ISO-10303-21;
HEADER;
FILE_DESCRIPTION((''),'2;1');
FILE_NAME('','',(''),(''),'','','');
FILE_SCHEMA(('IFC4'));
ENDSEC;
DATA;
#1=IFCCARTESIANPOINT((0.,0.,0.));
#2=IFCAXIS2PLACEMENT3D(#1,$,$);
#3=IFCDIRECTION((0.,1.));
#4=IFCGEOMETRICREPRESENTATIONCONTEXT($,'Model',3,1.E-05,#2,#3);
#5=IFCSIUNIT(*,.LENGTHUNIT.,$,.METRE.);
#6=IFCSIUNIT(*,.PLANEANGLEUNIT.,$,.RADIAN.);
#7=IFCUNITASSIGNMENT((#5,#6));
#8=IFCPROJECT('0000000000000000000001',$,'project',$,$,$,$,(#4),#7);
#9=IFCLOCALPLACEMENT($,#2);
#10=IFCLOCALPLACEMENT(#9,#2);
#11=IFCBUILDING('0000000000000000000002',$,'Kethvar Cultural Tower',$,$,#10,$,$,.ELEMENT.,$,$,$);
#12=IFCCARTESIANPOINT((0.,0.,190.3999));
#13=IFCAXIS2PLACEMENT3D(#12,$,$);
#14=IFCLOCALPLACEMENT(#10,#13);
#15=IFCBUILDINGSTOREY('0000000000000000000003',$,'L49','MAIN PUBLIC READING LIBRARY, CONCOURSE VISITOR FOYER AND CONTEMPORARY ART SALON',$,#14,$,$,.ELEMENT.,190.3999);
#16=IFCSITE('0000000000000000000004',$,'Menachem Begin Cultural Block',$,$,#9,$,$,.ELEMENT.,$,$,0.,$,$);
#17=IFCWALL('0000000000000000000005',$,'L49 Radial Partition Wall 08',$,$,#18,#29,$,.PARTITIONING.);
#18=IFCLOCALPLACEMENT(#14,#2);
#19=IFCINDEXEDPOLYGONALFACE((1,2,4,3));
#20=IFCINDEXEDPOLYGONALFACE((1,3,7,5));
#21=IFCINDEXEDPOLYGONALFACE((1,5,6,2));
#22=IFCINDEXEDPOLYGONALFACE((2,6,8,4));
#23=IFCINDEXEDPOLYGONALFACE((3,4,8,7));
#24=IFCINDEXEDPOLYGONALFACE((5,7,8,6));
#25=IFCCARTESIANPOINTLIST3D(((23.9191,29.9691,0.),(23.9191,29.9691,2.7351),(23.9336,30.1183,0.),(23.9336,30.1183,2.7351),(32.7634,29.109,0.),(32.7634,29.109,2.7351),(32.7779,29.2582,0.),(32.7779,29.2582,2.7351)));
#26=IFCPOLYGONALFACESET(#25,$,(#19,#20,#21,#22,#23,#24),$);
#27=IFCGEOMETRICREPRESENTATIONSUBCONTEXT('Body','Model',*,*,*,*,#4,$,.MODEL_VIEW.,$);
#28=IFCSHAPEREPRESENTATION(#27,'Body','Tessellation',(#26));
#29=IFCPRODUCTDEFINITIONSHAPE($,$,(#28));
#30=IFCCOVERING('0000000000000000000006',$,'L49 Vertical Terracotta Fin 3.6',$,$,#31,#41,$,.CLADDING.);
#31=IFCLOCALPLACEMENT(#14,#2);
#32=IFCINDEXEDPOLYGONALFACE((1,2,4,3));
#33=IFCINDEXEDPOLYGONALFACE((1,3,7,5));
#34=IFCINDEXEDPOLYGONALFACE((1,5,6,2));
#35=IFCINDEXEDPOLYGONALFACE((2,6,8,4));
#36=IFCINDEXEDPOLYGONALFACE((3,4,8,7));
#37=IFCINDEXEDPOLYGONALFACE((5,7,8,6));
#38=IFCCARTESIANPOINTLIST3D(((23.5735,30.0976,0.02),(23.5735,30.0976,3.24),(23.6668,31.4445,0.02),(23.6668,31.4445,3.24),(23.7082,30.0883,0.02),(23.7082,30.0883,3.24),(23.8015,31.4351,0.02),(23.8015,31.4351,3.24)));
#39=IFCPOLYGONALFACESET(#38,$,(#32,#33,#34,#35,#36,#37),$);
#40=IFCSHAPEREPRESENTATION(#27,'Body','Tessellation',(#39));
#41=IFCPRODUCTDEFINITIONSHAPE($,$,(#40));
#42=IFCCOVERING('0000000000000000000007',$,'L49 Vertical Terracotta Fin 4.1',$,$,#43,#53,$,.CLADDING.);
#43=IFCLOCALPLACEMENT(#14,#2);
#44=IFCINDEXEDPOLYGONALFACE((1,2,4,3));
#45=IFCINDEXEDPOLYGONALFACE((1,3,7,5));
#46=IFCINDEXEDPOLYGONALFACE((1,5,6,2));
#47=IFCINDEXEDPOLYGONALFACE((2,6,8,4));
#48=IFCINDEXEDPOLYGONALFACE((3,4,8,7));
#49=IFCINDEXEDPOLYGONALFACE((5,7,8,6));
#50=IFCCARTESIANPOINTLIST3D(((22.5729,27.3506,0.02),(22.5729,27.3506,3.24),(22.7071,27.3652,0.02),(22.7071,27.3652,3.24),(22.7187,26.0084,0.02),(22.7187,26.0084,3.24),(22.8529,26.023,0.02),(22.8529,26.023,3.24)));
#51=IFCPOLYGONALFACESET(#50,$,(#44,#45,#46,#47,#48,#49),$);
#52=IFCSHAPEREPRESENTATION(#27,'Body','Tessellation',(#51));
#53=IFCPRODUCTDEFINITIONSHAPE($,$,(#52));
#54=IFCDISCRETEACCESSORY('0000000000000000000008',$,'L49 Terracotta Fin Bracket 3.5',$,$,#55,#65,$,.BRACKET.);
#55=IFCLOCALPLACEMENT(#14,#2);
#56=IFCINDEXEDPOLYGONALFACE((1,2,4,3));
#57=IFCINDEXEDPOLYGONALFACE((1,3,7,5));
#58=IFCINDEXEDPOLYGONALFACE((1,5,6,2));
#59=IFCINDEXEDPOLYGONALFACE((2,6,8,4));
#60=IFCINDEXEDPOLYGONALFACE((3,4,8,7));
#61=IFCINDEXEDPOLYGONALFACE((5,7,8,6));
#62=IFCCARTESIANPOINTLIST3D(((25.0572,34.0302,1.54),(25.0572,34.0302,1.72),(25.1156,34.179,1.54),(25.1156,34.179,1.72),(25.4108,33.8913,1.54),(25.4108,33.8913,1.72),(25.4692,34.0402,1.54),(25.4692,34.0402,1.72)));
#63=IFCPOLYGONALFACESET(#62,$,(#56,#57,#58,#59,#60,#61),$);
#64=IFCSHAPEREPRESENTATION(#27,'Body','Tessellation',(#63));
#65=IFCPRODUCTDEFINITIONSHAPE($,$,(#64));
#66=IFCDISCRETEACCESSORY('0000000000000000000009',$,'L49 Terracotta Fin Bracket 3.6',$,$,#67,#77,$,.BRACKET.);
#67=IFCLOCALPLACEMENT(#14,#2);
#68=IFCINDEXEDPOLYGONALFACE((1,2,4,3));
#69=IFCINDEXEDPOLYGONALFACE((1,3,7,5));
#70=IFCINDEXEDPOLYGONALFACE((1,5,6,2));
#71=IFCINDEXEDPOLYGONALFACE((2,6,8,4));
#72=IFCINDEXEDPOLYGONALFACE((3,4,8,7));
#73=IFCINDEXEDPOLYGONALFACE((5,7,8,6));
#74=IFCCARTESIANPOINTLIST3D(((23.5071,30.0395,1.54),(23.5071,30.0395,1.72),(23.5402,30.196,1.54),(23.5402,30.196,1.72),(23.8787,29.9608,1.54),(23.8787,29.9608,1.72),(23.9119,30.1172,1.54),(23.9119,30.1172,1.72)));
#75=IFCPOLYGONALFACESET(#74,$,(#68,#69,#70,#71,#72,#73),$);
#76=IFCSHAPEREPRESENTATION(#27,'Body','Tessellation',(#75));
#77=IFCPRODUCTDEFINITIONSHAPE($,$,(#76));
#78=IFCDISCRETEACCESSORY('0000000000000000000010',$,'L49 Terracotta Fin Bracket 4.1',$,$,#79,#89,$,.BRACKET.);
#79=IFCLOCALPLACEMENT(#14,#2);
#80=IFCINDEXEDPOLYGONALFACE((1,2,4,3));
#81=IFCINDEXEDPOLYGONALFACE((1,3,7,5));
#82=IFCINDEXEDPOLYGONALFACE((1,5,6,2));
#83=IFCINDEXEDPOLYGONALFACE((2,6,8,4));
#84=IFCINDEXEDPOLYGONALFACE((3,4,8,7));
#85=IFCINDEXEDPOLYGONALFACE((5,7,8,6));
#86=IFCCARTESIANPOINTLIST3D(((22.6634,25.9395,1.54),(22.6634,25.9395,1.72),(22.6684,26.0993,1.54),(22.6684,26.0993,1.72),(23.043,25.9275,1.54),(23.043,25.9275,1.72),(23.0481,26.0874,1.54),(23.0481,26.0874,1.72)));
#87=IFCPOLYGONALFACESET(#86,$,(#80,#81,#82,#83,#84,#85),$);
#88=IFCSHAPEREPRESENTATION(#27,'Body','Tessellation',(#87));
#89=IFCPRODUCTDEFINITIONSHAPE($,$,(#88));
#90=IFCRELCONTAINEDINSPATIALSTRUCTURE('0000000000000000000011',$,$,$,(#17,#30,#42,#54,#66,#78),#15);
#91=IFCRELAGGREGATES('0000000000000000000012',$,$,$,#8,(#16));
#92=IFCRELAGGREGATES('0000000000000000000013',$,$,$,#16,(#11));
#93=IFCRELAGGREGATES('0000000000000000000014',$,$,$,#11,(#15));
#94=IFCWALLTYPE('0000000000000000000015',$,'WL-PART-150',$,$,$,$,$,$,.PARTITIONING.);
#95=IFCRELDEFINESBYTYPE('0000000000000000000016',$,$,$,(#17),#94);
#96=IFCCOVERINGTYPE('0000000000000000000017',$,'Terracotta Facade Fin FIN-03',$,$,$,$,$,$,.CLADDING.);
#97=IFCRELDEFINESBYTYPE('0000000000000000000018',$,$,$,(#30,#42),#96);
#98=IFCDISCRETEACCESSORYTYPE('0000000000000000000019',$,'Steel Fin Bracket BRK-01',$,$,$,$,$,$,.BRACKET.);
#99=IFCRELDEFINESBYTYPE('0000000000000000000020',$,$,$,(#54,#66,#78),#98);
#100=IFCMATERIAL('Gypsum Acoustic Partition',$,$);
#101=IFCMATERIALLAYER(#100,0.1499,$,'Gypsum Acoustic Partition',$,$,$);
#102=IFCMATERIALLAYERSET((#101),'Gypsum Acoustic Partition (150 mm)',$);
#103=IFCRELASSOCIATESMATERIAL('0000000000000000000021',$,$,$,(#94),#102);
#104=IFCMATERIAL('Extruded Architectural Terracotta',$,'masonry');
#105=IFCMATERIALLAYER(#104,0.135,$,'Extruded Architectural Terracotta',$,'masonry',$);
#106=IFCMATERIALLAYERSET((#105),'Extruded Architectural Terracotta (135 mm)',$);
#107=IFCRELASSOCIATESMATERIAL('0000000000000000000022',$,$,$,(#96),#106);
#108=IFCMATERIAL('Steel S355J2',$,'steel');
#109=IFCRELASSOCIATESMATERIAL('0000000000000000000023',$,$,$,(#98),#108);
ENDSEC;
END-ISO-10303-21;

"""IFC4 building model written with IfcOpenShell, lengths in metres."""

from ifc_helpers import new_model, si_unit, direction, frame, frame_2d, origin, origin_2d, place, context, subcontext, project, spatial, rectangle, extrude, source, transform, mapped, material, layer, layer_set, type_object, element, save


model = new_model("IFC4")

# Units and contexts
model_context = context("Model", 3, precision=1e-05, world=origin(), true_north=direction((0.0, 1.0)))
body_context = subcontext(model_context, "Body", "Model", "MODEL_VIEW")
ifc_project = project(units=[si_unit("LENGTHUNIT", "METRE"), si_unit("PLANEANGLEUNIT", "RADIAN")], contexts=[model_context])

# Site, building, storey
site_placement = place(None, origin())
site = spatial("IfcSite", under=ifc_project, at=site_placement, Name="Menachem Begin Cultural Block", CompositionType="ELEMENT", RefElevation=0.0)
building_placement = place(site_placement, origin())
building = spatial("IfcBuilding", under=site, at=building_placement, Name="Kethvar Cultural Tower", CompositionType="ELEMENT")
storey_placement = place(building_placement, frame((0.0, 0.0, 190.3999)))
storey = spatial("IfcBuildingStorey", under=building, at=storey_placement, Name="L49", Description="MAIN PUBLIC READING LIBRARY, CONCOURSE VISITOR FOYER AND CONTEMPORARY ART SALON", CompositionType="ELEMENT", Elevation=190.3999)

# Shared definitions
ifc_material_1 = material(Name="Steel S355J2", Category="steel")

# Wall
ifc_material_2 = material(Name="Gypsum Acoustic Partition")
ifc_layer_1 = layer(ifc_material_2, 0.1499, Name="Gypsum Acoustic Partition")
ifc_layer_set_1 = layer_set([ifc_layer_1], Name="Gypsum Acoustic Partition (150 mm)")
wall_type_1 = type_object("IfcWallType", Name="WL-PART-150", PredefinedType="PARTITIONING", material=ifc_layer_set_1)
wall_1_placement = place(storey_placement, frame((32.7705, 29.1836, 0.0), z_axis=(0.0, 0.0, 1.0), x_axis=(-0.995304, 0.096794, 0.0)))
element("IfcWall", 1, at=wall_1_placement, inside=storey, type_object=wall_type_1, Name="L49 Radial Partition Wall 08", PredefinedType="PARTITIONING", context=body_context, shape_type="SweptSolid", body=[
    extrude(rectangle(XDim=8.886, YDim=0.1499, at=frame_2d((4.4429, 0.0))), origin(), (0.0, 0.0, 1.0), 2.7351),
])

# Coverings
ifc_material_3 = material(Name="Extruded Architectural Terracotta", Category="masonry")
ifc_layer_2 = layer(ifc_material_3, 0.135, Name="Extruded Architectural Terracotta", Category="masonry")
ifc_layer_set_2 = layer_set([ifc_layer_2], Name="Extruded Architectural Terracotta (135 mm)")
covering_type = type_object("IfcCoveringType", Name="Terracotta Facade Fin FIN-03", PredefinedType="CLADDING", material=ifc_layer_set_2)
shared_shape_1 = source(origin(), body_context, "Body", "SweptSolid", [
    extrude(rectangle(XDim=1.3501, YDim=0.135, at=origin_2d()), origin(), (0.0, 0.0, 1.0), 3.22),
])
for number, where, z_axis, x_axis, name in (
    (2, (23.6875, 30.7664, 0.02), (0.0, 0.0, 1.0), (0.06906, 0.997613, 0.0), "L49 Vertical Terracotta Fin 3.6"),
    (3, (22.7129, 26.6868, 0.02), (0.0, 0.0, 1.0), (-0.107999, 0.994151, 0.0), "L49 Vertical Terracotta Fin 4.1"),
):
    element("IfcCovering", number, at=place(storey_placement, frame(where, z_axis=z_axis, x_axis=x_axis)), inside=storey, type_object=covering_type, Name=name, PredefinedType="CLADDING", context=body_context, shape_type="MappedRepresentation", body=[
        mapped(shared_shape_1, transform((0.0, 0.0, 0.0), scale=1.0)),
    ])

# Discrete accessories
discrete_accessory_type = type_object("IfcDiscreteAccessoryType", Name="Steel Fin Bracket BRK-01", PredefinedType="BRACKET", material=ifc_material_1)
shared_shape_2 = source(origin(), body_context, "Body", "SweptSolid", [
    extrude(rectangle(XDim=0.3799, YDim=0.1599, at=origin_2d()), origin(), (0.0, 0.0, 1.0), 0.1799),
])
for number, where, z_axis, x_axis, name in (
    (4, (25.2632, 34.0352, 1.54), (0.0, 0.0, 1.0), (-0.930801, 0.365527, 0.0), "L49 Terracotta Fin Bracket 3.5"),
    (5, (23.7095, 30.0784, 1.54), (0.0, 0.0, 1.0), (-0.978293, 0.207229, 0.0), "L49 Terracotta Fin Bracket 3.6"),
    (6, (22.8557, 26.0134, 1.54), (0.0, 0.0, 1.0), (-0.999507, 0.031411, 0.0), "L49 Terracotta Fin Bracket 4.1"),
):
    element("IfcDiscreteAccessory", number, at=place(storey_placement, frame(where, z_axis=z_axis, x_axis=x_axis)), inside=storey, type_object=discrete_accessory_type, Name=name, PredefinedType="BRACKET", context=body_context, shape_type="MappedRepresentation", body=[
        mapped(shared_shape_2, transform((0.0, 0.0, 0.0), scale=1.0)),
    ])

save(model, "model.ifc")
